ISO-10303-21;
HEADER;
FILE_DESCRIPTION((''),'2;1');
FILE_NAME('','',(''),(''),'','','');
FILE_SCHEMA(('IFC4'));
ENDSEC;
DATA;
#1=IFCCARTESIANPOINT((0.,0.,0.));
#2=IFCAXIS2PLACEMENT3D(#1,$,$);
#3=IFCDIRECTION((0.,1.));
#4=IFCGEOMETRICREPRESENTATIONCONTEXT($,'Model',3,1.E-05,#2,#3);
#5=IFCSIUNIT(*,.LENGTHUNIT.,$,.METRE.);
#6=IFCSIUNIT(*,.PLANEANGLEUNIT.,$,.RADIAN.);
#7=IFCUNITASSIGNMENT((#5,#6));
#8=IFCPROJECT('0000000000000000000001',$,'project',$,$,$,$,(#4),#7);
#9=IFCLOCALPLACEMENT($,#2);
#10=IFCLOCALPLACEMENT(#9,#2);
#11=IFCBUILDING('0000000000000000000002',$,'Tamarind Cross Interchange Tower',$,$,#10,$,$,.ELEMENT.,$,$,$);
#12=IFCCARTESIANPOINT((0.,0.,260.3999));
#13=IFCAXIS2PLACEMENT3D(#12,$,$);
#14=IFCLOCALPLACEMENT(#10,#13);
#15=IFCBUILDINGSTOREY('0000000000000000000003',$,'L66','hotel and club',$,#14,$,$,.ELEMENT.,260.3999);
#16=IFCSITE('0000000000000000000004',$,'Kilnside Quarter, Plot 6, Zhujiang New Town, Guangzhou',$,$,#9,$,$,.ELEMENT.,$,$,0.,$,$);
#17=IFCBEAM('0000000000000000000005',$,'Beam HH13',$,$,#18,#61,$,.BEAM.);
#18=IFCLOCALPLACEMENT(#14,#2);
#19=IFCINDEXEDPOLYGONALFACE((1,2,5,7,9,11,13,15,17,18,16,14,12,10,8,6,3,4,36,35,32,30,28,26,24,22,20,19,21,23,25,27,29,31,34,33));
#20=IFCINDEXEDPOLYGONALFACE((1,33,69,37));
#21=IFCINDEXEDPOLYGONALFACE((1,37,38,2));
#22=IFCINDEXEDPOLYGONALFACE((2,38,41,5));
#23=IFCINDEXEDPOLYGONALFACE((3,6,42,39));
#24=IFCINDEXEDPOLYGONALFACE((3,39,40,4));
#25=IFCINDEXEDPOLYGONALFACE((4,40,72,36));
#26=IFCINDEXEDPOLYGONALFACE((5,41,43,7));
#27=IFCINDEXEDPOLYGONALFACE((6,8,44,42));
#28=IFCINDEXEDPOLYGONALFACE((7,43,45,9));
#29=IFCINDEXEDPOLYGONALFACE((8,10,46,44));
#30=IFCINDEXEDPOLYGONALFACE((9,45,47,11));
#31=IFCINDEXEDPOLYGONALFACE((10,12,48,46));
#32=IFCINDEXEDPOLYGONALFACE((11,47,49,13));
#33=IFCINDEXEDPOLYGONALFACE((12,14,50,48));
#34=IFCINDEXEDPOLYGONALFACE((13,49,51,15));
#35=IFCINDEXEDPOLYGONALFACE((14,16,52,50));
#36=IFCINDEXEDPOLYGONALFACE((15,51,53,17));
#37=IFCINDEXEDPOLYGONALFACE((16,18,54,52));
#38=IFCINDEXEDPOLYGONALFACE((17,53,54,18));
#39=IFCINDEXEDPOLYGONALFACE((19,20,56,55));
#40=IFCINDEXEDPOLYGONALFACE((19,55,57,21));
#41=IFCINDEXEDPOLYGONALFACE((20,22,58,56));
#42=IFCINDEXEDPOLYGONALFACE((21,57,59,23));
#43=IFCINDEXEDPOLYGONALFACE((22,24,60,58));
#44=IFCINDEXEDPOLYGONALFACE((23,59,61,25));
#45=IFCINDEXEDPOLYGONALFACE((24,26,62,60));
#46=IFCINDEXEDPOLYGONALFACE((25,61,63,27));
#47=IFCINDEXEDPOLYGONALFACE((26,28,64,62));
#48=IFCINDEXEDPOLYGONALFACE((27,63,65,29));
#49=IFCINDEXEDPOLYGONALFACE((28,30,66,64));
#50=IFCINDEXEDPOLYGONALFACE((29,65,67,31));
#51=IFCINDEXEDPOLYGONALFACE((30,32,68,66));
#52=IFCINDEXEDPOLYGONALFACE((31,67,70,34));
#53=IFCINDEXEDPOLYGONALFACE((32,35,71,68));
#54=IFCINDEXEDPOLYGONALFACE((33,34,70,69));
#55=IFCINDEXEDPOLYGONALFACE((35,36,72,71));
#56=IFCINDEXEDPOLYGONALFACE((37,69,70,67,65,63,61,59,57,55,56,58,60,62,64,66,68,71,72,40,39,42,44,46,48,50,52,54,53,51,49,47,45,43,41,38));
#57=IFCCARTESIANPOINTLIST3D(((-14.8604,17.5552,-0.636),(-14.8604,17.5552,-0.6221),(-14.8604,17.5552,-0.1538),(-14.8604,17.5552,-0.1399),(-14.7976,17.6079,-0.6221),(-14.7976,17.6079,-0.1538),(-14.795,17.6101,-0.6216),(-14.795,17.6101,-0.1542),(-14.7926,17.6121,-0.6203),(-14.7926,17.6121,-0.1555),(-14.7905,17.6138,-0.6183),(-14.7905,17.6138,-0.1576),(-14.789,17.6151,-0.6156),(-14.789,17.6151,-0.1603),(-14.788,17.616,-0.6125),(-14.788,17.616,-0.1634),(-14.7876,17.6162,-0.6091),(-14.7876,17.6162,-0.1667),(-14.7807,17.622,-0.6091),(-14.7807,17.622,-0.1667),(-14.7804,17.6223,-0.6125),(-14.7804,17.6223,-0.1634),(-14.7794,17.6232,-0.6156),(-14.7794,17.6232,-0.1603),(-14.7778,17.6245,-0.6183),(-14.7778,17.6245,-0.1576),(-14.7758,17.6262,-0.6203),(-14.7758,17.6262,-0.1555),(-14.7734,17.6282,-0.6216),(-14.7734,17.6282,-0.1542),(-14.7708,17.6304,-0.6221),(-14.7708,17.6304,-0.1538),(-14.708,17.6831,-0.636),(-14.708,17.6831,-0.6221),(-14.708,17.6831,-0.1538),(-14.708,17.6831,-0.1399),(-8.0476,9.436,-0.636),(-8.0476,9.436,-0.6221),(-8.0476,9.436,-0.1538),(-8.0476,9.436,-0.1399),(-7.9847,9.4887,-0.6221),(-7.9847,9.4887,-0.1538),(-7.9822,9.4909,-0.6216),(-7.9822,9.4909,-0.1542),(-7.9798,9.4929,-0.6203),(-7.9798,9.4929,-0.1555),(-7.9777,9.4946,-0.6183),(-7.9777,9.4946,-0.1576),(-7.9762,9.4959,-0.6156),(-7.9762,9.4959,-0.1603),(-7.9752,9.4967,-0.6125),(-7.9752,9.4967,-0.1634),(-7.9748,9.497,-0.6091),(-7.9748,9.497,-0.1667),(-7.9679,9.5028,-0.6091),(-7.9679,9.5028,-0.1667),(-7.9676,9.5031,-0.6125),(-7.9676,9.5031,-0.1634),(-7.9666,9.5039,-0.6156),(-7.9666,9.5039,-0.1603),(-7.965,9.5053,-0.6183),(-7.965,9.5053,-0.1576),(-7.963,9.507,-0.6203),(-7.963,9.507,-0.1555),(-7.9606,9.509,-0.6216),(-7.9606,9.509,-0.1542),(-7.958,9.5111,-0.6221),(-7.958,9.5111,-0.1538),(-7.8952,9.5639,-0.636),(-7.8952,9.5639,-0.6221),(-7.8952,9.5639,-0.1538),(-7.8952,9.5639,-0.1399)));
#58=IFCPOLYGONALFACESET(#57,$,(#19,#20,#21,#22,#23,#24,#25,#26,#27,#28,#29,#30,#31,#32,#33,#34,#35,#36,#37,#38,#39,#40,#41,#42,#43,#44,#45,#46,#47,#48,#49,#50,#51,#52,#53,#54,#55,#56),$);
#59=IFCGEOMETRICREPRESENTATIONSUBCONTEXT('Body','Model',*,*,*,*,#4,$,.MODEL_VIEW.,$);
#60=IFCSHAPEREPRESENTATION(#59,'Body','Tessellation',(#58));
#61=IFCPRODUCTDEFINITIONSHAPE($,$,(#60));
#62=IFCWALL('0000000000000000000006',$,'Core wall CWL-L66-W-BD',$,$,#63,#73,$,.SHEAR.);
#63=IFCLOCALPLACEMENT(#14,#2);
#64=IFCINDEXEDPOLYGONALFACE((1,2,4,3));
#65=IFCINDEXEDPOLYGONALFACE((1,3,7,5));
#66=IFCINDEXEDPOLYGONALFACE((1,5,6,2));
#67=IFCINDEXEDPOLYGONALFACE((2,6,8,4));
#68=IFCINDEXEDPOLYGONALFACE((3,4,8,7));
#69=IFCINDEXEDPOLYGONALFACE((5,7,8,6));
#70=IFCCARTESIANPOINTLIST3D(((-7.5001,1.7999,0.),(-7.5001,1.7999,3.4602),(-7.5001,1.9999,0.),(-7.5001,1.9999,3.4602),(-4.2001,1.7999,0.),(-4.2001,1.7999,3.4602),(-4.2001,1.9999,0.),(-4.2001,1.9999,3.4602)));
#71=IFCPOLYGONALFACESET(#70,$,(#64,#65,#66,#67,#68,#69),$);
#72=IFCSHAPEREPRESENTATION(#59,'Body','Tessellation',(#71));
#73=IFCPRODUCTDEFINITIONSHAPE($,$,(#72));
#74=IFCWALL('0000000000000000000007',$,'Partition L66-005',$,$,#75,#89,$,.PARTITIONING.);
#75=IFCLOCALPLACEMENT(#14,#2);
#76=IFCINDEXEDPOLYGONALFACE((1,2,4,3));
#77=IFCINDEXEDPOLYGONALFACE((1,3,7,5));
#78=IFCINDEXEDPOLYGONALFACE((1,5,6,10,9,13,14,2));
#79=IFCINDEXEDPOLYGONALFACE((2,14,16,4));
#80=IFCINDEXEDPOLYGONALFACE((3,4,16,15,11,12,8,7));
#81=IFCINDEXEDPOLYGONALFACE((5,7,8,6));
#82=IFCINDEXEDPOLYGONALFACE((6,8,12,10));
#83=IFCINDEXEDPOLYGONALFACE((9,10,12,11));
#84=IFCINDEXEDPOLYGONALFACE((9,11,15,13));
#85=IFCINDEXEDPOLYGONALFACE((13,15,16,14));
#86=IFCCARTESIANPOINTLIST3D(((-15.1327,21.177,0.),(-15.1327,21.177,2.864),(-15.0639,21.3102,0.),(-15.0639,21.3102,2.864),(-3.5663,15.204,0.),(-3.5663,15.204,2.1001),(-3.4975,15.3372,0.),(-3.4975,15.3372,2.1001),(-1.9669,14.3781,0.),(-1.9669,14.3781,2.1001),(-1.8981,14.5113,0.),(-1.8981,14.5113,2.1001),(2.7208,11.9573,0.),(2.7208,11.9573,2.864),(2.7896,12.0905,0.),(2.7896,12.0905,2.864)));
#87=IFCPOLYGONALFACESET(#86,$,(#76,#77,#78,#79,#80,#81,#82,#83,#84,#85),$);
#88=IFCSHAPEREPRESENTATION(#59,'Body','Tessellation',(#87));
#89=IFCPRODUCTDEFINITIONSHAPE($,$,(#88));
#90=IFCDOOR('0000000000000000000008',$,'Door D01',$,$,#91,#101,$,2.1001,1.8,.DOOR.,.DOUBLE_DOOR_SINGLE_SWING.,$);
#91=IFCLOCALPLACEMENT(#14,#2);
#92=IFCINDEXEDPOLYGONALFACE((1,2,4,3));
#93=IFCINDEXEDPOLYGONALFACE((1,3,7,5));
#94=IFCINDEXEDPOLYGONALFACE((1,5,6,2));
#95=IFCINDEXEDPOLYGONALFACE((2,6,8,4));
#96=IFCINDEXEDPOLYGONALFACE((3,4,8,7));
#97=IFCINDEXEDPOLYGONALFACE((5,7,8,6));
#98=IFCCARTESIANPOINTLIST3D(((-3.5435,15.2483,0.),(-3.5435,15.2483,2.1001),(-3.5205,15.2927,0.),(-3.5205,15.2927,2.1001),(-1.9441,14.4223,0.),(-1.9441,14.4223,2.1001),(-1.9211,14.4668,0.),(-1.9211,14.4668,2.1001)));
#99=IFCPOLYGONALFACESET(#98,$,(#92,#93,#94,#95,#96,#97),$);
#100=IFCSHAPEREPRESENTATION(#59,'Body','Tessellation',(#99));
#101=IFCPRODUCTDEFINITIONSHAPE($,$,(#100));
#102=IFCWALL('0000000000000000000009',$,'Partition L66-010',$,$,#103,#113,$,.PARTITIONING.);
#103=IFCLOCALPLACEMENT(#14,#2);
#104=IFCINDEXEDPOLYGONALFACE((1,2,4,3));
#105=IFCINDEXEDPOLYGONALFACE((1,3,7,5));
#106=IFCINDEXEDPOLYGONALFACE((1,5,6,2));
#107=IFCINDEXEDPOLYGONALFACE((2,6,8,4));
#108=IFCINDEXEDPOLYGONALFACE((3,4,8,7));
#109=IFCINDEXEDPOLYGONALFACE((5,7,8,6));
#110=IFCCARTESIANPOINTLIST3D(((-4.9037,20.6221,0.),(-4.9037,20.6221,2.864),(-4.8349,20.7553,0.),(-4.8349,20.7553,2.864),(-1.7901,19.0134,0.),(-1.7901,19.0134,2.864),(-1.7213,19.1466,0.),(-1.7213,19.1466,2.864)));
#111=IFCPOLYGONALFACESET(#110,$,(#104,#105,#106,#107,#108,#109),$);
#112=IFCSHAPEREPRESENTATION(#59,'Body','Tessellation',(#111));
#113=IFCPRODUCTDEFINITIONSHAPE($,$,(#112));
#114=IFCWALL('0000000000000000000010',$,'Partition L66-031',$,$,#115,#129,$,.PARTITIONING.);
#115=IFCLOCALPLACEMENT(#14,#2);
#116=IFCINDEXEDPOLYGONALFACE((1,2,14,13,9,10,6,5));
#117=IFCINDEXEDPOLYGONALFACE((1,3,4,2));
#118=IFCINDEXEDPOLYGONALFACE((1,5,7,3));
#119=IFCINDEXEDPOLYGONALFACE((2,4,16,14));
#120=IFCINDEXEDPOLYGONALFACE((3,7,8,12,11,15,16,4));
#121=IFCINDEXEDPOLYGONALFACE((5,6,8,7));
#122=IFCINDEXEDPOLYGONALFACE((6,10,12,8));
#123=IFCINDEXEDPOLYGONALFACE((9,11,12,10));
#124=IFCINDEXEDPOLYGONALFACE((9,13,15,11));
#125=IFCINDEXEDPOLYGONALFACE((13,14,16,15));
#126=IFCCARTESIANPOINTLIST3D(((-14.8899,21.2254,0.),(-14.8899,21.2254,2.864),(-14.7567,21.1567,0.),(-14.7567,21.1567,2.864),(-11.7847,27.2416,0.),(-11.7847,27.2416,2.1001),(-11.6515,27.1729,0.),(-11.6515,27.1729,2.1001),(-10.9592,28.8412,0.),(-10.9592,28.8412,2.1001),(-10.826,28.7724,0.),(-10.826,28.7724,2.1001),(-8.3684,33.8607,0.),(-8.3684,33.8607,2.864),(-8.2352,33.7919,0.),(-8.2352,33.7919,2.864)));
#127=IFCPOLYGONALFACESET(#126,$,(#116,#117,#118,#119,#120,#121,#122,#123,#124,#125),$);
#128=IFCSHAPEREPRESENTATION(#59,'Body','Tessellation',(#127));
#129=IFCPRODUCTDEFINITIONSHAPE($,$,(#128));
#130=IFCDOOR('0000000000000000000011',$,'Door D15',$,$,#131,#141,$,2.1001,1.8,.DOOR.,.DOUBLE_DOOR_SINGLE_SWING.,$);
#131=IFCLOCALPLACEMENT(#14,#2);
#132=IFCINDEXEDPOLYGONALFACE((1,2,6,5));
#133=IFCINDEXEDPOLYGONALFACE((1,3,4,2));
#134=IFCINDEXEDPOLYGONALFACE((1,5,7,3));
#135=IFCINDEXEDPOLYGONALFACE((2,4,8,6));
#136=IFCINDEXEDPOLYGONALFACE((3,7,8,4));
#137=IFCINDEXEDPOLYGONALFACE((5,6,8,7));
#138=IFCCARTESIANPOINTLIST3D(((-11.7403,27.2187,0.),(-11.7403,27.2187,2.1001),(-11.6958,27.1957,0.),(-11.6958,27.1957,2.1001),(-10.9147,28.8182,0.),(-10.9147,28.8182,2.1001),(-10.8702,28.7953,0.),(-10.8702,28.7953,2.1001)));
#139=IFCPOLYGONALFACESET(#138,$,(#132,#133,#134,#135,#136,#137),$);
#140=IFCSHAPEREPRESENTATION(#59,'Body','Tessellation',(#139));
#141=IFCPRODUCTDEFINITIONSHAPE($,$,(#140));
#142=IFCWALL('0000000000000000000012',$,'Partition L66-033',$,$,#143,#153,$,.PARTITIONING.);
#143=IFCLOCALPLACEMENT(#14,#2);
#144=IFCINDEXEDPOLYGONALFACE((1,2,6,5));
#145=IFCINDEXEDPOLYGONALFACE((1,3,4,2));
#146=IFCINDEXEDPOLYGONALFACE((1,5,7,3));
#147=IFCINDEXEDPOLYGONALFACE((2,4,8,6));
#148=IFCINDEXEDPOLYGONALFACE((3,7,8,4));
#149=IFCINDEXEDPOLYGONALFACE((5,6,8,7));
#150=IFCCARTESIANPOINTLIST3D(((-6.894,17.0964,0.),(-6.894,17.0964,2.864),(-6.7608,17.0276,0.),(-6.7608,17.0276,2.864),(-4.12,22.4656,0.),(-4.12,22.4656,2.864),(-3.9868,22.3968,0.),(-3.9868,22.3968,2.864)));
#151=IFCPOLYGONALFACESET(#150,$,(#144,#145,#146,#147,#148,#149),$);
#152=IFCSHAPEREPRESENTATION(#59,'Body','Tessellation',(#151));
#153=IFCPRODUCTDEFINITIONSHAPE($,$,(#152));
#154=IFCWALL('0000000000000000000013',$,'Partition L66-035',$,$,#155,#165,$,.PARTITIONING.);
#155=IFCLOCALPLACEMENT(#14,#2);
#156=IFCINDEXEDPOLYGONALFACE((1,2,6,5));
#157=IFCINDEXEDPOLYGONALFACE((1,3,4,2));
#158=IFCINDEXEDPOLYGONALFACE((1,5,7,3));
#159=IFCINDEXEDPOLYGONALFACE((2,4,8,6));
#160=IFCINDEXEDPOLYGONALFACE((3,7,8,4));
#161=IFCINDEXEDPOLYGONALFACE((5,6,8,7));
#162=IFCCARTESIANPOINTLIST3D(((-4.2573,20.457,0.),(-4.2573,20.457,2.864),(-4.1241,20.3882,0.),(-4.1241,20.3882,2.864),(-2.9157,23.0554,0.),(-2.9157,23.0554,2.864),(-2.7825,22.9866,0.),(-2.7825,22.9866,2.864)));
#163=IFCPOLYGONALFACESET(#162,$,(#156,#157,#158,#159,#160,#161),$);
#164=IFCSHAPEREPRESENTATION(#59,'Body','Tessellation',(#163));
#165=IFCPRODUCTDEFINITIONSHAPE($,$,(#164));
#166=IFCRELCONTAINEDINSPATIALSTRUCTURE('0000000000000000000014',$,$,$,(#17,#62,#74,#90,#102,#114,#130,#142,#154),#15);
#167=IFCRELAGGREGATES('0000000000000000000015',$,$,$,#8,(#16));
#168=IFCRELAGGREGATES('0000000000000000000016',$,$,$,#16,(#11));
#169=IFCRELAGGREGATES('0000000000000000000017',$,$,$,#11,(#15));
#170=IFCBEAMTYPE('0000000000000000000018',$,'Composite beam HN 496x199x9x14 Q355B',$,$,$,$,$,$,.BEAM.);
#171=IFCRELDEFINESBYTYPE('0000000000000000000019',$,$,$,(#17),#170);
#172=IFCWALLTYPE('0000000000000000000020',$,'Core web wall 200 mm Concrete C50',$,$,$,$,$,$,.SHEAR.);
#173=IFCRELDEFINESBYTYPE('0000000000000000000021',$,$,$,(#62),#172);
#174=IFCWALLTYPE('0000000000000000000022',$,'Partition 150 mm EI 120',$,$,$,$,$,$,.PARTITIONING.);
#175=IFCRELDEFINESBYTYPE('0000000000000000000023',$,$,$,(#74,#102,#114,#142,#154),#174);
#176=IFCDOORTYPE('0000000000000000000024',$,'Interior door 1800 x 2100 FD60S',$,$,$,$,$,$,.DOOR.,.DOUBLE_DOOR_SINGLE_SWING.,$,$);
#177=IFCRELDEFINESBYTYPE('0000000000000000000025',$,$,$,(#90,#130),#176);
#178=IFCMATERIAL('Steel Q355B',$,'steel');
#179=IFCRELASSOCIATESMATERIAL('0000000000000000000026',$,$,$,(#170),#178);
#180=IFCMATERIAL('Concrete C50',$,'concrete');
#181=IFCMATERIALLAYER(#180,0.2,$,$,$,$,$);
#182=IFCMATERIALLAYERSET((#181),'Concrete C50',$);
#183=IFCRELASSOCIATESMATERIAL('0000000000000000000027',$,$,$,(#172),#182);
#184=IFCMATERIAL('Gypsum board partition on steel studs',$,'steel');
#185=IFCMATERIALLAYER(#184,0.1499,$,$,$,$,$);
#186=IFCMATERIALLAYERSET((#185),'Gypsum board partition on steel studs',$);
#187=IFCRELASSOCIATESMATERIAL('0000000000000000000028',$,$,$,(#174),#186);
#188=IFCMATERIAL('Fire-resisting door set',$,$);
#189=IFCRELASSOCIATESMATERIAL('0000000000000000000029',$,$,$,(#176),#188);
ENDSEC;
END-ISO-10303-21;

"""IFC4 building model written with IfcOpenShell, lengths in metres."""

from ifc_helpers import new_model, si_unit, direction, frame, frame_2d, origin, origin_2d, place, context, subcontext, project, spatial, rectangle, i_section, extrude, material, layer, layer_set, material_profile, profile_set, type_object, element, fill, save


model = new_model("IFC4")

# Units and contexts
model_context = context("Model", 3, precision=1e-05, world=origin(), true_north=direction((0.0, 1.0)))
body_context = subcontext(model_context, "Body", "Model", "MODEL_VIEW")
ifc_project = project(units=[si_unit("LENGTHUNIT", "METRE"), si_unit("PLANEANGLEUNIT", "RADIAN")], contexts=[model_context])

# Site, building, storey
site_placement = place(None, origin())
site = spatial("IfcSite", under=ifc_project, at=site_placement, Name="Kilnside Quarter, Plot 6, Zhujiang New Town, Guangzhou", CompositionType="ELEMENT", RefElevation=0.0)
building_placement = place(site_placement, origin())
building = spatial("IfcBuilding", under=site, at=building_placement, Name="Tamarind Cross Interchange Tower", CompositionType="ELEMENT")
storey_placement = place(building_placement, frame((0.0, 0.0, 260.3999)))
storey = spatial("IfcBuildingStorey", under=building, at=storey_placement, Name="L66", Description="hotel and club", CompositionType="ELEMENT", Elevation=260.3999)

# Beam
ifc_material_1 = material(Name="Steel Q355B", Category="steel")
ifc_material_profile_1 = material_profile(ifc_material_1, i_section(OverallWidth=0.199, OverallDepth=0.4961, WebThickness=0.009, FlangeThickness=0.0139, FilletRadius=0.0129, at=origin_2d()), Name="HN 496x199x9x14")
ifc_profile_set_1 = profile_set([ifc_material_profile_1], Name="Steel Q355B")
beam_type_1 = type_object("IfcBeamType", Name="Composite beam HN 496x199x9x14 Q355B", PredefinedType="BEAM", material=ifc_profile_set_1)
beam_1_placement = place(storey_placement, frame((-14.7842, 17.6191, -0.3879), z_axis=(0.642786, -0.766046, 0.0), x_axis=(0.766046, 0.642786, 0.0)))
element("IfcBeam", 1, at=beam_1_placement, inside=storey, type_object=beam_type_1, Name="Beam HH13", PredefinedType="BEAM", context=body_context, shape_type="SweptSolid", body=[
    extrude(i_section(OverallWidth=0.199, OverallDepth=0.4961, WebThickness=0.009, FlangeThickness=0.0139, FilletRadius=0.0129, at=origin_2d()), origin(), (0.0, 0.0, 1.0), 10.5989),
])

# Wall
ifc_material_2 = material(Name="Concrete C50", Category="concrete")
ifc_layer_1 = layer(ifc_material_2, 0.2)
ifc_layer_set_1 = layer_set([ifc_layer_1], Name="Concrete C50")
wall_type_1 = type_object("IfcWallType", Name="Core web wall 200 mm Concrete C50", PredefinedType="SHEAR", material=ifc_layer_set_1)
wall_1_placement = place(storey_placement, frame((-7.5, 1.8999, 0.0), z_axis=(0.0, 0.0, 1.0), x_axis=(1.0, 0.0, 0.0)))
element("IfcWall", 2, at=wall_1_placement, inside=storey, type_object=wall_type_1, Name="Core wall CWL-L66-W-BD", PredefinedType="SHEAR", context=body_context, shape_type="SweptSolid", body=[
    extrude(rectangle(XDim=3.3, YDim=0.2, at=frame_2d((1.6499, 0.0))), origin(), (0.0, 0.0, 1.0), 3.4602),
])

# Wall, opening, door
ifc_material_3 = material(Name="Gypsum board partition on steel studs", Category="steel")
ifc_layer_2 = layer(ifc_material_3, 0.1499)
ifc_layer_set_2 = layer_set([ifc_layer_2], Name="Gypsum board partition on steel studs")
wall_type_2 = type_object("IfcWallType", Name="Partition 150 mm EI 120", PredefinedType="PARTITIONING", material=ifc_layer_set_2)
wall_2_placement = place(storey_placement, frame((-15.0984, 21.2437, 0.0), z_axis=(0.0, 0.0, 1.0), x_axis=(0.888519, -0.45884, 0.0)))
wall_2 = element("IfcWall", 3, at=wall_2_placement, inside=storey, type_object=wall_type_2, Name="Partition L66-005", PredefinedType="PARTITIONING", context=body_context, shape_type="SweptSolid", body=[
    extrude(rectangle(XDim=20.0935, YDim=0.1499, at=frame_2d((10.0469, 0.0))), origin(), (0.0, 0.0, 1.0), 2.864),
])
opening_1_placement = place(wall_2_placement, frame((13.0178, 0.0, 0.0)))
opening_1 = element("IfcOpeningElement", 4, at=opening_1_placement, cuts=wall_2, PredefinedType="OPENING", context=body_context, shape_type="SweptSolid", body=[
    extrude(rectangle(XDim=1.8, YDim=2.1001, at=frame_2d((0.8999, 1.05))), frame((0.0, 0.085, 0.0), z_axis=(0.0, -1.0, 0.0), x_axis=(1.0, 0.0, 0.0)), (0.0, 0.0, 1.0), 0.1699),
])
ifc_material_4 = material(Name="Fire-resisting door set")
door_type_1 = type_object("IfcDoorType", Name="Interior door 1800 x 2100 FD60S", OperationType="DOUBLE_DOOR_SINGLE_SWING", PredefinedType="DOOR", material=ifc_material_4)
door_1_placement = place(opening_1_placement, origin())
door_1 = element("IfcDoor", 5, at=door_1_placement, inside=storey, type_object=door_type_1, Name="Door D01", OperationType="DOUBLE_DOOR_SINGLE_SWING", OverallHeight=2.1001, OverallWidth=1.8, PredefinedType="DOOR", context=body_context, shape_type="SweptSolid", body=[
    extrude(rectangle(XDim=1.8, YDim=2.1001, at=frame_2d((0.8999, 1.05))), frame((0.0, 0.0249, 0.0), z_axis=(0.0, -1.0, 0.0), x_axis=(1.0, 0.0, 0.0)), (0.0, 0.0, 1.0), 0.05),
])
fill(opening_1, door_1)

# Wall
wall_3_placement = place(storey_placement, frame((-4.8694, 20.6887, 0.0), z_axis=(0.0, 0.0, 1.0), x_axis=(0.888427, -0.459017, 0.0)))
element("IfcWall", 6, at=wall_3_placement, inside=storey, type_object=wall_type_2, Name="Partition L66-010", PredefinedType="PARTITIONING", context=body_context, shape_type="SweptSolid", body=[
    extrude(rectangle(XDim=3.5046, YDim=0.1499, at=frame_2d((1.7524, 0.0))), origin(), (0.0, 0.0, 1.0), 2.864),
])

# Wall, opening, door
wall_4_placement = place(storey_placement, frame((-14.8232, 21.1912, 0.0), z_axis=(0.0, 0.0, 1.0), x_axis=(0.458646, 0.888619, 0.0)))
wall_4 = element("IfcWall", 7, at=wall_4_placement, inside=storey, type_object=wall_type_2, Name="Partition L66-031", PredefinedType="PARTITIONING", context=body_context, shape_type="SweptSolid", body=[
    extrude(rectangle(XDim=14.219, YDim=0.1499, at=frame_2d((7.1094, 0.0))), origin(), (0.0, 0.0, 1.0), 2.864),
])
opening_2_placement = place(wall_4_placement, frame((6.7703, 0.0, 0.0)))
opening_2 = element("IfcOpeningElement", 8, at=opening_2_placement, cuts=wall_4, PredefinedType="OPENING", context=body_context, shape_type="SweptSolid", body=[
    extrude(rectangle(XDim=1.8, YDim=2.1001, at=frame_2d((0.8999, 1.05))), frame((0.0, 0.085, 0.0), z_axis=(0.0, -1.0, 0.0), x_axis=(1.0, 0.0, 0.0)), (0.0, 0.0, 1.0), 0.1699),
])
door_2_placement = place(opening_2_placement, origin())
door_2 = element("IfcDoor", 9, at=door_2_placement, inside=storey, type_object=door_type_1, Name="Door D15", OperationType="DOUBLE_DOOR_SINGLE_SWING", OverallHeight=2.1001, OverallWidth=1.8, PredefinedType="DOOR", context=body_context, shape_type="SweptSolid", body=[
    extrude(rectangle(XDim=1.8, YDim=2.1001, at=frame_2d((0.8999, 1.05))), frame((0.0, 0.0249, 0.0), z_axis=(0.0, -1.0, 0.0), x_axis=(1.0, 0.0, 0.0)), (0.0, 0.0, 1.0), 0.05),
])
fill(opening_2, door_2)

# Walls
wall_5_placement = place(storey_placement, frame((-6.8274, 17.062, 0.0), z_axis=(0.0, 0.0, 1.0), x_axis=(0.459003, 0.888435, 0.0)))
element("IfcWall", 10, at=wall_5_placement, inside=storey, type_object=wall_type_2, Name="Partition L66-033", PredefinedType="PARTITIONING", context=body_context, shape_type="SweptSolid", body=[
    extrude(rectangle(XDim=6.0435, YDim=0.1499, at=frame_2d((3.0217, 0.0))), origin(), (0.0, 0.0, 1.0), 2.864),
])
wall_6_placement = place(storey_placement, frame((-4.1907, 20.4226, 0.0), z_axis=(0.0, 0.0, 1.0), x_axis=(0.458764, 0.888558, 0.0)))
element("IfcWall", 11, at=wall_6_placement, inside=storey, type_object=wall_type_2, Name="Partition L66-035", PredefinedType="PARTITIONING", context=body_context, shape_type="SweptSolid", body=[
    extrude(rectangle(XDim=2.9243, YDim=0.1499, at=frame_2d((1.4622, 0.0))), origin(), (0.0, 0.0, 1.0), 2.864),
])

save(model, "model.ifc")
